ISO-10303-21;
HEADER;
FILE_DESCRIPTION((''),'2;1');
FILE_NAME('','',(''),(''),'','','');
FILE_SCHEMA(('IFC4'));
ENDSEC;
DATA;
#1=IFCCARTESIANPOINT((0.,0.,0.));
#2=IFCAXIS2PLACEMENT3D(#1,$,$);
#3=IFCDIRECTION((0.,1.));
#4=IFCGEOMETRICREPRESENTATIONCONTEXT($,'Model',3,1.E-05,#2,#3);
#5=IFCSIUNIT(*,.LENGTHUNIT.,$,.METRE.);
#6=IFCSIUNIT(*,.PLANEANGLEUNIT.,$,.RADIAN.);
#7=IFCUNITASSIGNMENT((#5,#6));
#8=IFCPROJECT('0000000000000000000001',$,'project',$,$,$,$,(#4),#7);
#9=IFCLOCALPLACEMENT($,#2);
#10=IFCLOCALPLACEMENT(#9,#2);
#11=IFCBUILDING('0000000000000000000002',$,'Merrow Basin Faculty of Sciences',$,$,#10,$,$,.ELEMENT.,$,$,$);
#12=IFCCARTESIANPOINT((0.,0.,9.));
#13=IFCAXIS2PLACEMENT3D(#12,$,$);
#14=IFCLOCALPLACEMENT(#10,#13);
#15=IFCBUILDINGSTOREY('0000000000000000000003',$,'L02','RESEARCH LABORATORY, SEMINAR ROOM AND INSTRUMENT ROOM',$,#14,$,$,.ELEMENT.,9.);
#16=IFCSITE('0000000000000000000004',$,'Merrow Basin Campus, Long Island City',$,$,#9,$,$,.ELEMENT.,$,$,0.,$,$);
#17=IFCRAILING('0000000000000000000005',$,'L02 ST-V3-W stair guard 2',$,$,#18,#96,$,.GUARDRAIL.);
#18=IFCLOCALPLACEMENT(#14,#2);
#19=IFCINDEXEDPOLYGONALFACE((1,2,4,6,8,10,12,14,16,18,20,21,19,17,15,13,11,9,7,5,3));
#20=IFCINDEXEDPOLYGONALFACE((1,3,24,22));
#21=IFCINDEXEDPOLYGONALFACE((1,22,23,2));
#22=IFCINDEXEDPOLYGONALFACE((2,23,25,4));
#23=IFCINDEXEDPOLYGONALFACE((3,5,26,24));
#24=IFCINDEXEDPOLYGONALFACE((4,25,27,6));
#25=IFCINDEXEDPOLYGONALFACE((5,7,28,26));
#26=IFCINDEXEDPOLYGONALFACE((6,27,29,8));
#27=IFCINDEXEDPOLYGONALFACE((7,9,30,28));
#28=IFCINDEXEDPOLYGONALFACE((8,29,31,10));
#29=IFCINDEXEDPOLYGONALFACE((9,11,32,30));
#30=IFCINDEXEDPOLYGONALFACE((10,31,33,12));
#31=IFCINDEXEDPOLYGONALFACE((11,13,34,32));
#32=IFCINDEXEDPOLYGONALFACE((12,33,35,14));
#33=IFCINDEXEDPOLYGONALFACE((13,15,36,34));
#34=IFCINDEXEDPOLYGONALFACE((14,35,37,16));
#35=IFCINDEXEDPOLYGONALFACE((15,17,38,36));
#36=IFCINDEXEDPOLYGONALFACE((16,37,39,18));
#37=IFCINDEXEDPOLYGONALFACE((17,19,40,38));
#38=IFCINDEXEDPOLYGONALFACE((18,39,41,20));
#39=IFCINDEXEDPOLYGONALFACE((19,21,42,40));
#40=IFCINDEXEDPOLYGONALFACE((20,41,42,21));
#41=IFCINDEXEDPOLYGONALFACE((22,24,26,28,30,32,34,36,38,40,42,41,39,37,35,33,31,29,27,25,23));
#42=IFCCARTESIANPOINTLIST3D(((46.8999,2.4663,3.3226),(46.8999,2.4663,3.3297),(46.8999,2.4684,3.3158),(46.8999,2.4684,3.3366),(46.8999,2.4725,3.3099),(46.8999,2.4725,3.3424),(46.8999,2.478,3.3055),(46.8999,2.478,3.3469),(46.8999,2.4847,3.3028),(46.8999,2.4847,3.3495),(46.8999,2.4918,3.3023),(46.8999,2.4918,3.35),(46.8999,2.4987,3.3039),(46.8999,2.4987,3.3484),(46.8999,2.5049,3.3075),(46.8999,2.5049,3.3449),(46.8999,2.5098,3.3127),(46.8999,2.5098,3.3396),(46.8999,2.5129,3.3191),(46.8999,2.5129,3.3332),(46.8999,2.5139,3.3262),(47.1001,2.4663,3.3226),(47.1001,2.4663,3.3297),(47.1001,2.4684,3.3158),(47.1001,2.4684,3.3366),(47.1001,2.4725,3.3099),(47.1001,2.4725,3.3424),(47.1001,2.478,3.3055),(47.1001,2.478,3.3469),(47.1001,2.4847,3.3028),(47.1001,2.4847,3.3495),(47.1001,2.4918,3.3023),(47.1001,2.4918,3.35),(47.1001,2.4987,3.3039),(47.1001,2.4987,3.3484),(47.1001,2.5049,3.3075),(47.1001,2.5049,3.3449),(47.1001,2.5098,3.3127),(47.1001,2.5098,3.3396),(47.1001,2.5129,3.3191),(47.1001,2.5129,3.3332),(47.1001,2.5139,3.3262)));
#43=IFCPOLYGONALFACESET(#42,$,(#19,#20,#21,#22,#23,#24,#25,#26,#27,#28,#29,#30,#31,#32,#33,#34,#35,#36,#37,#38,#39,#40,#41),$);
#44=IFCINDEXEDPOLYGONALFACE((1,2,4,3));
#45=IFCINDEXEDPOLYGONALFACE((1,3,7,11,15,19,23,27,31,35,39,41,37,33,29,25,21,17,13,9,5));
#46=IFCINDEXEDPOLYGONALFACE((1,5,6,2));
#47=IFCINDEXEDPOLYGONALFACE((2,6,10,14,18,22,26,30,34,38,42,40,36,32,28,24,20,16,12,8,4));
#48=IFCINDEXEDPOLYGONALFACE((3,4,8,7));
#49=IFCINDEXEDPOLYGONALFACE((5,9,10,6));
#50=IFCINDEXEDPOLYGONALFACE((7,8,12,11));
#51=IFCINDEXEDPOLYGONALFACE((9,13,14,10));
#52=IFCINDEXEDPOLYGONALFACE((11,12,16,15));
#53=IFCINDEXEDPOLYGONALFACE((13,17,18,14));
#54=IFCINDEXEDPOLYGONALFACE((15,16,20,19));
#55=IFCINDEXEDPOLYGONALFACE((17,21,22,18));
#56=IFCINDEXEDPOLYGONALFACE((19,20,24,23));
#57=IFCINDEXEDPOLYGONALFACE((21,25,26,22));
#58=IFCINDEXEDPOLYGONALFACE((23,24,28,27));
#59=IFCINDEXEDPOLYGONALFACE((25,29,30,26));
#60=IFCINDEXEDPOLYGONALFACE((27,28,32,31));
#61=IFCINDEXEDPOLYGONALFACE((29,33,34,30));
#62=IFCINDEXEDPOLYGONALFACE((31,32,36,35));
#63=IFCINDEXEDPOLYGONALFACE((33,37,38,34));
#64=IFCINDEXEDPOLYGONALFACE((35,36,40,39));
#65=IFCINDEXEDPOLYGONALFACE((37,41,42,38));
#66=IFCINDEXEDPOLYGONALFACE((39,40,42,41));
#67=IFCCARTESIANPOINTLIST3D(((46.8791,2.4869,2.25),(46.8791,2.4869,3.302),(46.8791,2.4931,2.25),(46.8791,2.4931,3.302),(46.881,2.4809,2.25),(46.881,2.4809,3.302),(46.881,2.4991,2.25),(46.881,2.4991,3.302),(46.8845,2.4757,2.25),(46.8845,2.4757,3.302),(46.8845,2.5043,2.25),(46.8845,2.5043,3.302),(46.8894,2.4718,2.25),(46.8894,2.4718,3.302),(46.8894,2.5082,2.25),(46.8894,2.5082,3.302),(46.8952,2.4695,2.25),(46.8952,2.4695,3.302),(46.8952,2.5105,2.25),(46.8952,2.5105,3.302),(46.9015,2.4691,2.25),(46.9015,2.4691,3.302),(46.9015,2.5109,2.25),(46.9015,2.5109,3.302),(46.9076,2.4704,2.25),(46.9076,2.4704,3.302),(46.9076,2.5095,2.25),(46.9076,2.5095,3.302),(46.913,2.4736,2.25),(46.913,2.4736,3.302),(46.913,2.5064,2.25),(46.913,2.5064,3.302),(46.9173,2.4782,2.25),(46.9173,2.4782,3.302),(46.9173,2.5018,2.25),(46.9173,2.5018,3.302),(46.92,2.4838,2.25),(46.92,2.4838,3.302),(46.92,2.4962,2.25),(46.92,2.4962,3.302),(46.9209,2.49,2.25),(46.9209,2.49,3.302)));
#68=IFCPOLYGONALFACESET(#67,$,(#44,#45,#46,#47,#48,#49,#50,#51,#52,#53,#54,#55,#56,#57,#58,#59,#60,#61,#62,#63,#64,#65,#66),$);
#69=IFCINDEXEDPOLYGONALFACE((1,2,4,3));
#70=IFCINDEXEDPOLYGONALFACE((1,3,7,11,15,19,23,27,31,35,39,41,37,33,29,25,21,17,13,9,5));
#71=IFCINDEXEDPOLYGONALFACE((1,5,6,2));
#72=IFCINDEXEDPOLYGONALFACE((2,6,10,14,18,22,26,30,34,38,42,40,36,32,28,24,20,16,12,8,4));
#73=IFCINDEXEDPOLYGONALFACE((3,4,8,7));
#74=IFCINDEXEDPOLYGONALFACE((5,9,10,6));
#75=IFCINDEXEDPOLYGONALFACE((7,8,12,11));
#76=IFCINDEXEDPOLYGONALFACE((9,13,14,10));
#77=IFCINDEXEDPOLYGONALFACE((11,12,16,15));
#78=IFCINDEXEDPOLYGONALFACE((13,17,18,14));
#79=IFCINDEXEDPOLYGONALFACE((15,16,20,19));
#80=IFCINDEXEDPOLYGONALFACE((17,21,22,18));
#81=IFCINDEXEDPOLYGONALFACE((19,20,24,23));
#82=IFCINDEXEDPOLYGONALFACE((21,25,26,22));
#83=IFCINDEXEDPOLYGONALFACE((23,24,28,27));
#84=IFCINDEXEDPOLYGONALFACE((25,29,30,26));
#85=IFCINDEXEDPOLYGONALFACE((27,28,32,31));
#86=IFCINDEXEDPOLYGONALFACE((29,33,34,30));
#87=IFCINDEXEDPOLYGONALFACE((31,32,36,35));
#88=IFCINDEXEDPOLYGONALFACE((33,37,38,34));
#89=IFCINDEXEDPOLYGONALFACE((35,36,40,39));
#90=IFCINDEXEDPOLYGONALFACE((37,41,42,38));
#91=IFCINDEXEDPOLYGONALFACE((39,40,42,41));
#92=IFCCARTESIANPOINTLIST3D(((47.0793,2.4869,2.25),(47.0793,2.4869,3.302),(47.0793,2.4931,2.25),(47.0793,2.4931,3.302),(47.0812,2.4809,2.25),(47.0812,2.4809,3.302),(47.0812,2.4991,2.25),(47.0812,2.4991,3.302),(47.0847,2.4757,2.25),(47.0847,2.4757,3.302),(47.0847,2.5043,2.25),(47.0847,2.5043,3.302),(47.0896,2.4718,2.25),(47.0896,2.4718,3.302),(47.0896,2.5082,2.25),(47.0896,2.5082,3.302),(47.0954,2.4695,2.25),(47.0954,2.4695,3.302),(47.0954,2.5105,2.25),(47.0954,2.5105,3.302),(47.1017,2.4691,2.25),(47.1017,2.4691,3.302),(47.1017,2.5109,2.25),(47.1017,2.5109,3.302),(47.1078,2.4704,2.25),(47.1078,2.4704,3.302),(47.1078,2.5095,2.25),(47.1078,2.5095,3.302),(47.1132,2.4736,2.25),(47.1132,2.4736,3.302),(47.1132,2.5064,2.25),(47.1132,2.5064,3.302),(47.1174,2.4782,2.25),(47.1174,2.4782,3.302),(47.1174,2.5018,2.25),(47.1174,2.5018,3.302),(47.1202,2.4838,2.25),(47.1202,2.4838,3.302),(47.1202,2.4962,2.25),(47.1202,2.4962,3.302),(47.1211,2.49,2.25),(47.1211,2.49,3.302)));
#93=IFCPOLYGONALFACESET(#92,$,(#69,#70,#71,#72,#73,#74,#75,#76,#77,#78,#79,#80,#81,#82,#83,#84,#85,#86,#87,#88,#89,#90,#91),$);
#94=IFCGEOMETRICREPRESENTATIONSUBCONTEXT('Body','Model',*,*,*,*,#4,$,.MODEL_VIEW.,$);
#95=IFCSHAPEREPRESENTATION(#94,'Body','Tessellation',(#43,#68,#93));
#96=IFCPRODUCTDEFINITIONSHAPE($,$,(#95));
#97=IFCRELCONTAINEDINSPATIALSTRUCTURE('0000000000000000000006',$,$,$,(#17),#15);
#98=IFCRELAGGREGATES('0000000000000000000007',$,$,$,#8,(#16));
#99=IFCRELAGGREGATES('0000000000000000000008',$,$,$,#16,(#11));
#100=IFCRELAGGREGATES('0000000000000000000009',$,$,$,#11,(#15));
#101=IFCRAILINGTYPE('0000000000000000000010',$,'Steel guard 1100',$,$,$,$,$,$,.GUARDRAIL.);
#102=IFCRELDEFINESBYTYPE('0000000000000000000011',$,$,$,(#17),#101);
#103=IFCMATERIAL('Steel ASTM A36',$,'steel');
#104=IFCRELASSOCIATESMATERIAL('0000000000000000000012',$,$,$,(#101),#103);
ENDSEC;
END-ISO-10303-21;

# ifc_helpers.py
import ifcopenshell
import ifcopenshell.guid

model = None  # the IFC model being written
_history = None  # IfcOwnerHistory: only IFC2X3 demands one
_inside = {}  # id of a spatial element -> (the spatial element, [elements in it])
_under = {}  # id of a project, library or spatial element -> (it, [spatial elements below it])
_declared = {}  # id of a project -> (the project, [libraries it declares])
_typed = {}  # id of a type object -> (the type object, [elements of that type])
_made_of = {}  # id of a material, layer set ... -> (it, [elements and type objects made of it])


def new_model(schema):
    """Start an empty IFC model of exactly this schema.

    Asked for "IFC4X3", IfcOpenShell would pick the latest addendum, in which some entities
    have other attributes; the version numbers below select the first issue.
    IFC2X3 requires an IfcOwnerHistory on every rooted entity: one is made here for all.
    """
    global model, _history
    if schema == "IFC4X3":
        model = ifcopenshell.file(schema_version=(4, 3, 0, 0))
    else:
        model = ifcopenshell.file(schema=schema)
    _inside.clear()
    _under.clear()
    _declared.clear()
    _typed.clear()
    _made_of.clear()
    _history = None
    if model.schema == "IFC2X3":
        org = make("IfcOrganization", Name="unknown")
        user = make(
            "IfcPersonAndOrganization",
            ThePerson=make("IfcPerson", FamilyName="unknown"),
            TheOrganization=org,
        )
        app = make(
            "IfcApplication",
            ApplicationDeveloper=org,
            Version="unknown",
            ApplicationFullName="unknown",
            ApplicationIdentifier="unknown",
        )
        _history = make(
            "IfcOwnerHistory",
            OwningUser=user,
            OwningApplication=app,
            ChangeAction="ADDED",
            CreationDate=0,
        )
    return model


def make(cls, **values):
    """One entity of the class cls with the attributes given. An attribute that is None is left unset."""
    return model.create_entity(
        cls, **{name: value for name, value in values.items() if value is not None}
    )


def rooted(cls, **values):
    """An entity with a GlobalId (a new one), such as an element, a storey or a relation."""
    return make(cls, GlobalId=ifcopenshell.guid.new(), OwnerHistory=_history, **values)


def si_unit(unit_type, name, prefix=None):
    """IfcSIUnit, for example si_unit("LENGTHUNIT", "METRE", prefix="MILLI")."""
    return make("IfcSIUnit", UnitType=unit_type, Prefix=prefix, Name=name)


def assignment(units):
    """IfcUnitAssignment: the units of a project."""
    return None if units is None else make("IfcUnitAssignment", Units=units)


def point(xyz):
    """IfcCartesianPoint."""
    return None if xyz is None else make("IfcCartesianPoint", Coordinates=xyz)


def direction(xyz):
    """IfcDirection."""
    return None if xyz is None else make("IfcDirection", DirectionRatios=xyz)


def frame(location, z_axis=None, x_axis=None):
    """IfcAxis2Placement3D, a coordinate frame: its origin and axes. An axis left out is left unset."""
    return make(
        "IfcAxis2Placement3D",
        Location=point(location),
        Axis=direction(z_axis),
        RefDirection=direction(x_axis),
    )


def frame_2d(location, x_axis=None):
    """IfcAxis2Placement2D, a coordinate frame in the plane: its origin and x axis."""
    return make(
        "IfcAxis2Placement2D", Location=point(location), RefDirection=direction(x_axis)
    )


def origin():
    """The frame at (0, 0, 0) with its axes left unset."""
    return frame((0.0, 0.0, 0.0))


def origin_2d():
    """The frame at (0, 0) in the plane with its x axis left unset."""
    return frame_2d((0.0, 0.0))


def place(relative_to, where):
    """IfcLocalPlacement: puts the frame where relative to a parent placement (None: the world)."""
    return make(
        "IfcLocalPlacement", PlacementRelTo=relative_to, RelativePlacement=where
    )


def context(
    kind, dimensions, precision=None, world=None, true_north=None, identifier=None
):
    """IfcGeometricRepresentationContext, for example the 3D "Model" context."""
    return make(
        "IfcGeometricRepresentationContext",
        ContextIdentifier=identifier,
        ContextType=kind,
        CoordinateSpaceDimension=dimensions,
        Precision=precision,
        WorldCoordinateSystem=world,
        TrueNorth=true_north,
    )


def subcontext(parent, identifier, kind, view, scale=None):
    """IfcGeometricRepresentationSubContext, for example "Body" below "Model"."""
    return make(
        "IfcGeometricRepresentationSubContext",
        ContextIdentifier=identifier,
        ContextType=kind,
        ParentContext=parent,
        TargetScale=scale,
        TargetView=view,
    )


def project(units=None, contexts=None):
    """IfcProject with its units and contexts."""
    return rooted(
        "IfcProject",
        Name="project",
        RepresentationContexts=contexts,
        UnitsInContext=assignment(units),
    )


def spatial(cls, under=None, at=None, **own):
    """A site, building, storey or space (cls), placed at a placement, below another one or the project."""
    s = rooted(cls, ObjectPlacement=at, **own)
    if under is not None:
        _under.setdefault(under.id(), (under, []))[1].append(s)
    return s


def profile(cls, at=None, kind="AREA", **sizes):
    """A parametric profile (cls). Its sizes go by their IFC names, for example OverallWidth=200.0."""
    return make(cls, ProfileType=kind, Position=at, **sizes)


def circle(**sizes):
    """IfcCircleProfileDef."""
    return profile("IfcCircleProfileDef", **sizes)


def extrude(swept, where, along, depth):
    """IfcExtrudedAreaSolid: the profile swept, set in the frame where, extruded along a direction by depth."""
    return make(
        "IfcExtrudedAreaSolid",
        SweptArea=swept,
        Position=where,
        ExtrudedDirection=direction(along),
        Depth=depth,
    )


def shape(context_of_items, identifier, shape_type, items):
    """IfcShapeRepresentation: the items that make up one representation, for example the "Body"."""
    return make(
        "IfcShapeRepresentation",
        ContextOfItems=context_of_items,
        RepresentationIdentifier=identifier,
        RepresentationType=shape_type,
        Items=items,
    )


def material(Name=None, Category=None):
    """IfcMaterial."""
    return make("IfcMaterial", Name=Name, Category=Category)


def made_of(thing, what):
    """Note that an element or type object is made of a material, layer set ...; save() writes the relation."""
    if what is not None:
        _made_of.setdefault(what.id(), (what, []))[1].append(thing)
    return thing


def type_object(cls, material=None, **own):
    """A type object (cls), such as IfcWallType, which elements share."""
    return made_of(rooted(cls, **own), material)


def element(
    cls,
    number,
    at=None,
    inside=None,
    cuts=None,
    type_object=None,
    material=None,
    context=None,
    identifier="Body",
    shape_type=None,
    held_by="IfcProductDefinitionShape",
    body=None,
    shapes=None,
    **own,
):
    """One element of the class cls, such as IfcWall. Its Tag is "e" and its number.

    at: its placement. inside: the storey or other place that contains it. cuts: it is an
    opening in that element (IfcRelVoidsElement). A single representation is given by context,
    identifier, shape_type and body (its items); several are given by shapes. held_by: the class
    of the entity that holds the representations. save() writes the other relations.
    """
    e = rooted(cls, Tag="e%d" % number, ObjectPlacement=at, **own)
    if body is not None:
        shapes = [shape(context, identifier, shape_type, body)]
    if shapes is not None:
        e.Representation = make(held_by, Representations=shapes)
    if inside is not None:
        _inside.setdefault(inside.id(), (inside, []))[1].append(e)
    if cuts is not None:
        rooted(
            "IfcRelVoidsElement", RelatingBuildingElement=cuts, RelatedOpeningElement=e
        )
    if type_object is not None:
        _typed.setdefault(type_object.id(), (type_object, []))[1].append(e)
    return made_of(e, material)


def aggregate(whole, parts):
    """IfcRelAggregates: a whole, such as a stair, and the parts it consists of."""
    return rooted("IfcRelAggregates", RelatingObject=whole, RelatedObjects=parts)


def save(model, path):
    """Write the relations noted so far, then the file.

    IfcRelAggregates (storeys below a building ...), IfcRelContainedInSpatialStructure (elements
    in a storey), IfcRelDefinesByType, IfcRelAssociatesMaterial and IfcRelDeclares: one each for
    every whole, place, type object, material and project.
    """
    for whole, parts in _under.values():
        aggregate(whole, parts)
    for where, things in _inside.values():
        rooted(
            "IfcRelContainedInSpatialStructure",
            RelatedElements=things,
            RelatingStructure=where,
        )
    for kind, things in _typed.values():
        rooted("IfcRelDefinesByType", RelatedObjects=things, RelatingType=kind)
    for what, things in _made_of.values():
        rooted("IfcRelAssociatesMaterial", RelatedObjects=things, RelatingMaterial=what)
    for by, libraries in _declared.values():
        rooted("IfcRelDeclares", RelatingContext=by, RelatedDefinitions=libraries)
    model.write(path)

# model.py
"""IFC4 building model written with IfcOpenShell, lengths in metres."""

from ifc_helpers import new_model, si_unit, direction, frame, origin, origin_2d, place, context, subcontext, project, spatial, circle, extrude, material, type_object, element, save


model = new_model("IFC4")

# Units and contexts
model_context = context("Model", 3, precision=1e-05, world=origin(), true_north=direction((0.0, 1.0)))
body_context = subcontext(model_context, "Body", "Model", "MODEL_VIEW")
ifc_project = project(units=[si_unit("LENGTHUNIT", "METRE"), si_unit("PLANEANGLEUNIT", "RADIAN")], contexts=[model_context])

# Site, building, storey
site_placement = place(None, origin())
site = spatial("IfcSite", under=ifc_project, at=site_placement, Name="Merrow Basin Campus, Long Island City", CompositionType="ELEMENT", RefElevation=0.0)
building_placement = place(site_placement, origin())
building = spatial("IfcBuilding", under=site, at=building_placement, Name="Merrow Basin Faculty of Sciences", CompositionType="ELEMENT")
storey_placement = place(building_placement, frame((0.0, 0.0, 9.0)))
storey = spatial("IfcBuildingStorey", under=building, at=storey_placement, Name="L02", Description="RESEARCH LABORATORY, SEMINAR ROOM AND INSTRUMENT ROOM", CompositionType="ELEMENT", Elevation=9.0)

# Railing
ifc_material_1 = material(Name="Steel ASTM A36", Category="steel")
railing_type_1 = type_object("IfcRailingType", Name="Steel guard 1100", PredefinedType="GUARDRAIL", material=ifc_material_1)
railing_1_placement = place(storey_placement, frame((46.8999, 2.49, 2.25)))
element("IfcRailing", 1, at=railing_1_placement, inside=storey, type_object=railing_type_1, Name="L02 ST-V3-W stair guard 2", PredefinedType="GUARDRAIL", context=body_context, shape_type="SweptSolid", body=[
    extrude(circle(Radius=0.0239, at=origin_2d()), frame((0.0, 0.0, 1.0762), z_axis=(1.0, 0.0, 0.0), x_axis=(0.0, 1.0, 0.0)), (0.0, 0.0, 1.0), 0.2002),
    extrude(circle(Radius=0.021, at=origin_2d()), origin(), (0.0, 0.0, 1.0), 1.052),
    extrude(circle(Radius=0.021, at=origin_2d()), frame((0.2002, 0.0, 0.0)), (0.0, 0.0, 1.0), 1.052),
])

save(model, "model.ifc")
